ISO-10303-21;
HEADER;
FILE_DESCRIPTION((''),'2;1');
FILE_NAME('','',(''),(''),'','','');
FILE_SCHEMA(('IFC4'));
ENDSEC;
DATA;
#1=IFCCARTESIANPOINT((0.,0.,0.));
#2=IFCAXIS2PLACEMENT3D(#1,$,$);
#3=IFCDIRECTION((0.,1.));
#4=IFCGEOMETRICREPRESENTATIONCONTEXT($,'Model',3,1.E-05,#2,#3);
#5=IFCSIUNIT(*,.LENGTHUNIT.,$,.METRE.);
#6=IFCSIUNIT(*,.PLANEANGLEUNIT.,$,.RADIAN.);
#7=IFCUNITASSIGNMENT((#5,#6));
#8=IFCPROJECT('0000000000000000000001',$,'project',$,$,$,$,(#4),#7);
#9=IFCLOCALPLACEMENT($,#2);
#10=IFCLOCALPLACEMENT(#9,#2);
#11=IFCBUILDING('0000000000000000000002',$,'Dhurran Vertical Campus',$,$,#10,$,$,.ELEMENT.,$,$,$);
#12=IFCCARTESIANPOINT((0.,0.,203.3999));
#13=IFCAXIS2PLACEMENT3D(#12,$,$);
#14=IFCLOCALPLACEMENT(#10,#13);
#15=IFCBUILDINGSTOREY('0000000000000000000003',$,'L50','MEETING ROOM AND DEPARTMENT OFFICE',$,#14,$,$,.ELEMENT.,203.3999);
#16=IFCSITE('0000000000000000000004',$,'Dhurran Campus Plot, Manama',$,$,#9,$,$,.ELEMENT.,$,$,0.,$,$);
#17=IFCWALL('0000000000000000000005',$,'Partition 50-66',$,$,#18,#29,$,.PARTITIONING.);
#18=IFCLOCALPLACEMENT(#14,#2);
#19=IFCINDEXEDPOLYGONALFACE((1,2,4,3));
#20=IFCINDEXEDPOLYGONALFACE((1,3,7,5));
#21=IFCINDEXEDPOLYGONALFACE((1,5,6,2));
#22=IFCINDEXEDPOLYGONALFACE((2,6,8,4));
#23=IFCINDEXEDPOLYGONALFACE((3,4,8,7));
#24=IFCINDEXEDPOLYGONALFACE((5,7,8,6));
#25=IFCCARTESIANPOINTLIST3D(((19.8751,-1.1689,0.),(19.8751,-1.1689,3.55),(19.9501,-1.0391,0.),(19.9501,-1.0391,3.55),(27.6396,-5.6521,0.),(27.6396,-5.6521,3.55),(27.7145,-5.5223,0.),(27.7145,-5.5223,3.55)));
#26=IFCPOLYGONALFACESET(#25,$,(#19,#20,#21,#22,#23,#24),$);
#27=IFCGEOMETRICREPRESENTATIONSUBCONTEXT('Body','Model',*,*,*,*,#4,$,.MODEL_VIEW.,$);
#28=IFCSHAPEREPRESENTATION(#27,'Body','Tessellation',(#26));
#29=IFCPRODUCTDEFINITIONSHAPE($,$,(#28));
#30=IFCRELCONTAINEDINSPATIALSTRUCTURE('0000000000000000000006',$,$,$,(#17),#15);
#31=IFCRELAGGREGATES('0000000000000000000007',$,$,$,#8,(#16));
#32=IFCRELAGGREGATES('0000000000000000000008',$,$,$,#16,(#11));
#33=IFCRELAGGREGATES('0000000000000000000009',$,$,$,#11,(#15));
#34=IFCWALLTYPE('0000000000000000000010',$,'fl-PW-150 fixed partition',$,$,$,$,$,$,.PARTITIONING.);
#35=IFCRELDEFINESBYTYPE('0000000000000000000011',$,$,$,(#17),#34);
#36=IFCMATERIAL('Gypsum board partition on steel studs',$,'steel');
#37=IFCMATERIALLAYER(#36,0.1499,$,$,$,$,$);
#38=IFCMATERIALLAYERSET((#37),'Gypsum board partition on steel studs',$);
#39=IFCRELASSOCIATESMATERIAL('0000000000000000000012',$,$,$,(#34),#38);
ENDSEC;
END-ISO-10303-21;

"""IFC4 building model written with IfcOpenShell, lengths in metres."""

from ifc_helpers import new_model, si_unit, direction, frame, frame_2d, origin, place, context, subcontext, project, spatial, rectangle, extrude, material, layer, layer_set, type_object, element, save


model = new_model("IFC4")

# Units and contexts
model_context = context("Model", 3, precision=1e-05, world=origin(), true_north=direction((0.0, 1.0)))
body_context = subcontext(model_context, "Body", "Model", "MODEL_VIEW")
ifc_project = project(units=[si_unit("LENGTHUNIT", "METRE"), si_unit("PLANEANGLEUNIT", "RADIAN")], contexts=[model_context])

# Site, building, storey
site_placement = place(None, origin())
site = spatial("IfcSite", under=ifc_project, at=site_placement, Name="Dhurran Campus Plot, Manama", CompositionType="ELEMENT", RefElevation=0.0)
building_placement = place(site_placement, origin())
building = spatial("IfcBuilding", under=site, at=building_placement, Name="Dhurran Vertical Campus", CompositionType="ELEMENT")
storey_placement = place(building_placement, frame((0.0, 0.0, 203.3999)))
storey = spatial("IfcBuildingStorey", under=building, at=storey_placement, Name="L50", Description="MEETING ROOM AND DEPARTMENT OFFICE", CompositionType="ELEMENT", Elevation=203.3999)

# Wall
ifc_material_1 = material(Name="Gypsum board partition on steel studs", Category="steel")
ifc_layer_1 = layer(ifc_material_1, 0.1499)
ifc_layer_set_1 = layer_set([ifc_layer_1], Name="Gypsum board partition on steel studs")
wall_type_1 = type_object("IfcWallType", Name="fl-PW-150 fixed partition", PredefinedType="PARTITIONING", material=ifc_layer_set_1)
wall_1_placement = place(storey_placement, frame((19.9126, -1.104, 0.0), z_axis=(0.0, 0.0, 1.0), x_axis=(0.866007, -0.500031, 0.0)))
element("IfcWall", 1, at=wall_1_placement, inside=storey, type_object=wall_type_1, Name="Partition 50-66", PredefinedType="PARTITIONING", context=body_context, shape_type="SweptSolid", body=[
    extrude(rectangle(XDim=8.9658, YDim=0.1499, at=frame_2d((4.4829, 0.0))), origin(), (0.0, 0.0, 1.0), 3.55),
])

save(model, "model.ifc")
